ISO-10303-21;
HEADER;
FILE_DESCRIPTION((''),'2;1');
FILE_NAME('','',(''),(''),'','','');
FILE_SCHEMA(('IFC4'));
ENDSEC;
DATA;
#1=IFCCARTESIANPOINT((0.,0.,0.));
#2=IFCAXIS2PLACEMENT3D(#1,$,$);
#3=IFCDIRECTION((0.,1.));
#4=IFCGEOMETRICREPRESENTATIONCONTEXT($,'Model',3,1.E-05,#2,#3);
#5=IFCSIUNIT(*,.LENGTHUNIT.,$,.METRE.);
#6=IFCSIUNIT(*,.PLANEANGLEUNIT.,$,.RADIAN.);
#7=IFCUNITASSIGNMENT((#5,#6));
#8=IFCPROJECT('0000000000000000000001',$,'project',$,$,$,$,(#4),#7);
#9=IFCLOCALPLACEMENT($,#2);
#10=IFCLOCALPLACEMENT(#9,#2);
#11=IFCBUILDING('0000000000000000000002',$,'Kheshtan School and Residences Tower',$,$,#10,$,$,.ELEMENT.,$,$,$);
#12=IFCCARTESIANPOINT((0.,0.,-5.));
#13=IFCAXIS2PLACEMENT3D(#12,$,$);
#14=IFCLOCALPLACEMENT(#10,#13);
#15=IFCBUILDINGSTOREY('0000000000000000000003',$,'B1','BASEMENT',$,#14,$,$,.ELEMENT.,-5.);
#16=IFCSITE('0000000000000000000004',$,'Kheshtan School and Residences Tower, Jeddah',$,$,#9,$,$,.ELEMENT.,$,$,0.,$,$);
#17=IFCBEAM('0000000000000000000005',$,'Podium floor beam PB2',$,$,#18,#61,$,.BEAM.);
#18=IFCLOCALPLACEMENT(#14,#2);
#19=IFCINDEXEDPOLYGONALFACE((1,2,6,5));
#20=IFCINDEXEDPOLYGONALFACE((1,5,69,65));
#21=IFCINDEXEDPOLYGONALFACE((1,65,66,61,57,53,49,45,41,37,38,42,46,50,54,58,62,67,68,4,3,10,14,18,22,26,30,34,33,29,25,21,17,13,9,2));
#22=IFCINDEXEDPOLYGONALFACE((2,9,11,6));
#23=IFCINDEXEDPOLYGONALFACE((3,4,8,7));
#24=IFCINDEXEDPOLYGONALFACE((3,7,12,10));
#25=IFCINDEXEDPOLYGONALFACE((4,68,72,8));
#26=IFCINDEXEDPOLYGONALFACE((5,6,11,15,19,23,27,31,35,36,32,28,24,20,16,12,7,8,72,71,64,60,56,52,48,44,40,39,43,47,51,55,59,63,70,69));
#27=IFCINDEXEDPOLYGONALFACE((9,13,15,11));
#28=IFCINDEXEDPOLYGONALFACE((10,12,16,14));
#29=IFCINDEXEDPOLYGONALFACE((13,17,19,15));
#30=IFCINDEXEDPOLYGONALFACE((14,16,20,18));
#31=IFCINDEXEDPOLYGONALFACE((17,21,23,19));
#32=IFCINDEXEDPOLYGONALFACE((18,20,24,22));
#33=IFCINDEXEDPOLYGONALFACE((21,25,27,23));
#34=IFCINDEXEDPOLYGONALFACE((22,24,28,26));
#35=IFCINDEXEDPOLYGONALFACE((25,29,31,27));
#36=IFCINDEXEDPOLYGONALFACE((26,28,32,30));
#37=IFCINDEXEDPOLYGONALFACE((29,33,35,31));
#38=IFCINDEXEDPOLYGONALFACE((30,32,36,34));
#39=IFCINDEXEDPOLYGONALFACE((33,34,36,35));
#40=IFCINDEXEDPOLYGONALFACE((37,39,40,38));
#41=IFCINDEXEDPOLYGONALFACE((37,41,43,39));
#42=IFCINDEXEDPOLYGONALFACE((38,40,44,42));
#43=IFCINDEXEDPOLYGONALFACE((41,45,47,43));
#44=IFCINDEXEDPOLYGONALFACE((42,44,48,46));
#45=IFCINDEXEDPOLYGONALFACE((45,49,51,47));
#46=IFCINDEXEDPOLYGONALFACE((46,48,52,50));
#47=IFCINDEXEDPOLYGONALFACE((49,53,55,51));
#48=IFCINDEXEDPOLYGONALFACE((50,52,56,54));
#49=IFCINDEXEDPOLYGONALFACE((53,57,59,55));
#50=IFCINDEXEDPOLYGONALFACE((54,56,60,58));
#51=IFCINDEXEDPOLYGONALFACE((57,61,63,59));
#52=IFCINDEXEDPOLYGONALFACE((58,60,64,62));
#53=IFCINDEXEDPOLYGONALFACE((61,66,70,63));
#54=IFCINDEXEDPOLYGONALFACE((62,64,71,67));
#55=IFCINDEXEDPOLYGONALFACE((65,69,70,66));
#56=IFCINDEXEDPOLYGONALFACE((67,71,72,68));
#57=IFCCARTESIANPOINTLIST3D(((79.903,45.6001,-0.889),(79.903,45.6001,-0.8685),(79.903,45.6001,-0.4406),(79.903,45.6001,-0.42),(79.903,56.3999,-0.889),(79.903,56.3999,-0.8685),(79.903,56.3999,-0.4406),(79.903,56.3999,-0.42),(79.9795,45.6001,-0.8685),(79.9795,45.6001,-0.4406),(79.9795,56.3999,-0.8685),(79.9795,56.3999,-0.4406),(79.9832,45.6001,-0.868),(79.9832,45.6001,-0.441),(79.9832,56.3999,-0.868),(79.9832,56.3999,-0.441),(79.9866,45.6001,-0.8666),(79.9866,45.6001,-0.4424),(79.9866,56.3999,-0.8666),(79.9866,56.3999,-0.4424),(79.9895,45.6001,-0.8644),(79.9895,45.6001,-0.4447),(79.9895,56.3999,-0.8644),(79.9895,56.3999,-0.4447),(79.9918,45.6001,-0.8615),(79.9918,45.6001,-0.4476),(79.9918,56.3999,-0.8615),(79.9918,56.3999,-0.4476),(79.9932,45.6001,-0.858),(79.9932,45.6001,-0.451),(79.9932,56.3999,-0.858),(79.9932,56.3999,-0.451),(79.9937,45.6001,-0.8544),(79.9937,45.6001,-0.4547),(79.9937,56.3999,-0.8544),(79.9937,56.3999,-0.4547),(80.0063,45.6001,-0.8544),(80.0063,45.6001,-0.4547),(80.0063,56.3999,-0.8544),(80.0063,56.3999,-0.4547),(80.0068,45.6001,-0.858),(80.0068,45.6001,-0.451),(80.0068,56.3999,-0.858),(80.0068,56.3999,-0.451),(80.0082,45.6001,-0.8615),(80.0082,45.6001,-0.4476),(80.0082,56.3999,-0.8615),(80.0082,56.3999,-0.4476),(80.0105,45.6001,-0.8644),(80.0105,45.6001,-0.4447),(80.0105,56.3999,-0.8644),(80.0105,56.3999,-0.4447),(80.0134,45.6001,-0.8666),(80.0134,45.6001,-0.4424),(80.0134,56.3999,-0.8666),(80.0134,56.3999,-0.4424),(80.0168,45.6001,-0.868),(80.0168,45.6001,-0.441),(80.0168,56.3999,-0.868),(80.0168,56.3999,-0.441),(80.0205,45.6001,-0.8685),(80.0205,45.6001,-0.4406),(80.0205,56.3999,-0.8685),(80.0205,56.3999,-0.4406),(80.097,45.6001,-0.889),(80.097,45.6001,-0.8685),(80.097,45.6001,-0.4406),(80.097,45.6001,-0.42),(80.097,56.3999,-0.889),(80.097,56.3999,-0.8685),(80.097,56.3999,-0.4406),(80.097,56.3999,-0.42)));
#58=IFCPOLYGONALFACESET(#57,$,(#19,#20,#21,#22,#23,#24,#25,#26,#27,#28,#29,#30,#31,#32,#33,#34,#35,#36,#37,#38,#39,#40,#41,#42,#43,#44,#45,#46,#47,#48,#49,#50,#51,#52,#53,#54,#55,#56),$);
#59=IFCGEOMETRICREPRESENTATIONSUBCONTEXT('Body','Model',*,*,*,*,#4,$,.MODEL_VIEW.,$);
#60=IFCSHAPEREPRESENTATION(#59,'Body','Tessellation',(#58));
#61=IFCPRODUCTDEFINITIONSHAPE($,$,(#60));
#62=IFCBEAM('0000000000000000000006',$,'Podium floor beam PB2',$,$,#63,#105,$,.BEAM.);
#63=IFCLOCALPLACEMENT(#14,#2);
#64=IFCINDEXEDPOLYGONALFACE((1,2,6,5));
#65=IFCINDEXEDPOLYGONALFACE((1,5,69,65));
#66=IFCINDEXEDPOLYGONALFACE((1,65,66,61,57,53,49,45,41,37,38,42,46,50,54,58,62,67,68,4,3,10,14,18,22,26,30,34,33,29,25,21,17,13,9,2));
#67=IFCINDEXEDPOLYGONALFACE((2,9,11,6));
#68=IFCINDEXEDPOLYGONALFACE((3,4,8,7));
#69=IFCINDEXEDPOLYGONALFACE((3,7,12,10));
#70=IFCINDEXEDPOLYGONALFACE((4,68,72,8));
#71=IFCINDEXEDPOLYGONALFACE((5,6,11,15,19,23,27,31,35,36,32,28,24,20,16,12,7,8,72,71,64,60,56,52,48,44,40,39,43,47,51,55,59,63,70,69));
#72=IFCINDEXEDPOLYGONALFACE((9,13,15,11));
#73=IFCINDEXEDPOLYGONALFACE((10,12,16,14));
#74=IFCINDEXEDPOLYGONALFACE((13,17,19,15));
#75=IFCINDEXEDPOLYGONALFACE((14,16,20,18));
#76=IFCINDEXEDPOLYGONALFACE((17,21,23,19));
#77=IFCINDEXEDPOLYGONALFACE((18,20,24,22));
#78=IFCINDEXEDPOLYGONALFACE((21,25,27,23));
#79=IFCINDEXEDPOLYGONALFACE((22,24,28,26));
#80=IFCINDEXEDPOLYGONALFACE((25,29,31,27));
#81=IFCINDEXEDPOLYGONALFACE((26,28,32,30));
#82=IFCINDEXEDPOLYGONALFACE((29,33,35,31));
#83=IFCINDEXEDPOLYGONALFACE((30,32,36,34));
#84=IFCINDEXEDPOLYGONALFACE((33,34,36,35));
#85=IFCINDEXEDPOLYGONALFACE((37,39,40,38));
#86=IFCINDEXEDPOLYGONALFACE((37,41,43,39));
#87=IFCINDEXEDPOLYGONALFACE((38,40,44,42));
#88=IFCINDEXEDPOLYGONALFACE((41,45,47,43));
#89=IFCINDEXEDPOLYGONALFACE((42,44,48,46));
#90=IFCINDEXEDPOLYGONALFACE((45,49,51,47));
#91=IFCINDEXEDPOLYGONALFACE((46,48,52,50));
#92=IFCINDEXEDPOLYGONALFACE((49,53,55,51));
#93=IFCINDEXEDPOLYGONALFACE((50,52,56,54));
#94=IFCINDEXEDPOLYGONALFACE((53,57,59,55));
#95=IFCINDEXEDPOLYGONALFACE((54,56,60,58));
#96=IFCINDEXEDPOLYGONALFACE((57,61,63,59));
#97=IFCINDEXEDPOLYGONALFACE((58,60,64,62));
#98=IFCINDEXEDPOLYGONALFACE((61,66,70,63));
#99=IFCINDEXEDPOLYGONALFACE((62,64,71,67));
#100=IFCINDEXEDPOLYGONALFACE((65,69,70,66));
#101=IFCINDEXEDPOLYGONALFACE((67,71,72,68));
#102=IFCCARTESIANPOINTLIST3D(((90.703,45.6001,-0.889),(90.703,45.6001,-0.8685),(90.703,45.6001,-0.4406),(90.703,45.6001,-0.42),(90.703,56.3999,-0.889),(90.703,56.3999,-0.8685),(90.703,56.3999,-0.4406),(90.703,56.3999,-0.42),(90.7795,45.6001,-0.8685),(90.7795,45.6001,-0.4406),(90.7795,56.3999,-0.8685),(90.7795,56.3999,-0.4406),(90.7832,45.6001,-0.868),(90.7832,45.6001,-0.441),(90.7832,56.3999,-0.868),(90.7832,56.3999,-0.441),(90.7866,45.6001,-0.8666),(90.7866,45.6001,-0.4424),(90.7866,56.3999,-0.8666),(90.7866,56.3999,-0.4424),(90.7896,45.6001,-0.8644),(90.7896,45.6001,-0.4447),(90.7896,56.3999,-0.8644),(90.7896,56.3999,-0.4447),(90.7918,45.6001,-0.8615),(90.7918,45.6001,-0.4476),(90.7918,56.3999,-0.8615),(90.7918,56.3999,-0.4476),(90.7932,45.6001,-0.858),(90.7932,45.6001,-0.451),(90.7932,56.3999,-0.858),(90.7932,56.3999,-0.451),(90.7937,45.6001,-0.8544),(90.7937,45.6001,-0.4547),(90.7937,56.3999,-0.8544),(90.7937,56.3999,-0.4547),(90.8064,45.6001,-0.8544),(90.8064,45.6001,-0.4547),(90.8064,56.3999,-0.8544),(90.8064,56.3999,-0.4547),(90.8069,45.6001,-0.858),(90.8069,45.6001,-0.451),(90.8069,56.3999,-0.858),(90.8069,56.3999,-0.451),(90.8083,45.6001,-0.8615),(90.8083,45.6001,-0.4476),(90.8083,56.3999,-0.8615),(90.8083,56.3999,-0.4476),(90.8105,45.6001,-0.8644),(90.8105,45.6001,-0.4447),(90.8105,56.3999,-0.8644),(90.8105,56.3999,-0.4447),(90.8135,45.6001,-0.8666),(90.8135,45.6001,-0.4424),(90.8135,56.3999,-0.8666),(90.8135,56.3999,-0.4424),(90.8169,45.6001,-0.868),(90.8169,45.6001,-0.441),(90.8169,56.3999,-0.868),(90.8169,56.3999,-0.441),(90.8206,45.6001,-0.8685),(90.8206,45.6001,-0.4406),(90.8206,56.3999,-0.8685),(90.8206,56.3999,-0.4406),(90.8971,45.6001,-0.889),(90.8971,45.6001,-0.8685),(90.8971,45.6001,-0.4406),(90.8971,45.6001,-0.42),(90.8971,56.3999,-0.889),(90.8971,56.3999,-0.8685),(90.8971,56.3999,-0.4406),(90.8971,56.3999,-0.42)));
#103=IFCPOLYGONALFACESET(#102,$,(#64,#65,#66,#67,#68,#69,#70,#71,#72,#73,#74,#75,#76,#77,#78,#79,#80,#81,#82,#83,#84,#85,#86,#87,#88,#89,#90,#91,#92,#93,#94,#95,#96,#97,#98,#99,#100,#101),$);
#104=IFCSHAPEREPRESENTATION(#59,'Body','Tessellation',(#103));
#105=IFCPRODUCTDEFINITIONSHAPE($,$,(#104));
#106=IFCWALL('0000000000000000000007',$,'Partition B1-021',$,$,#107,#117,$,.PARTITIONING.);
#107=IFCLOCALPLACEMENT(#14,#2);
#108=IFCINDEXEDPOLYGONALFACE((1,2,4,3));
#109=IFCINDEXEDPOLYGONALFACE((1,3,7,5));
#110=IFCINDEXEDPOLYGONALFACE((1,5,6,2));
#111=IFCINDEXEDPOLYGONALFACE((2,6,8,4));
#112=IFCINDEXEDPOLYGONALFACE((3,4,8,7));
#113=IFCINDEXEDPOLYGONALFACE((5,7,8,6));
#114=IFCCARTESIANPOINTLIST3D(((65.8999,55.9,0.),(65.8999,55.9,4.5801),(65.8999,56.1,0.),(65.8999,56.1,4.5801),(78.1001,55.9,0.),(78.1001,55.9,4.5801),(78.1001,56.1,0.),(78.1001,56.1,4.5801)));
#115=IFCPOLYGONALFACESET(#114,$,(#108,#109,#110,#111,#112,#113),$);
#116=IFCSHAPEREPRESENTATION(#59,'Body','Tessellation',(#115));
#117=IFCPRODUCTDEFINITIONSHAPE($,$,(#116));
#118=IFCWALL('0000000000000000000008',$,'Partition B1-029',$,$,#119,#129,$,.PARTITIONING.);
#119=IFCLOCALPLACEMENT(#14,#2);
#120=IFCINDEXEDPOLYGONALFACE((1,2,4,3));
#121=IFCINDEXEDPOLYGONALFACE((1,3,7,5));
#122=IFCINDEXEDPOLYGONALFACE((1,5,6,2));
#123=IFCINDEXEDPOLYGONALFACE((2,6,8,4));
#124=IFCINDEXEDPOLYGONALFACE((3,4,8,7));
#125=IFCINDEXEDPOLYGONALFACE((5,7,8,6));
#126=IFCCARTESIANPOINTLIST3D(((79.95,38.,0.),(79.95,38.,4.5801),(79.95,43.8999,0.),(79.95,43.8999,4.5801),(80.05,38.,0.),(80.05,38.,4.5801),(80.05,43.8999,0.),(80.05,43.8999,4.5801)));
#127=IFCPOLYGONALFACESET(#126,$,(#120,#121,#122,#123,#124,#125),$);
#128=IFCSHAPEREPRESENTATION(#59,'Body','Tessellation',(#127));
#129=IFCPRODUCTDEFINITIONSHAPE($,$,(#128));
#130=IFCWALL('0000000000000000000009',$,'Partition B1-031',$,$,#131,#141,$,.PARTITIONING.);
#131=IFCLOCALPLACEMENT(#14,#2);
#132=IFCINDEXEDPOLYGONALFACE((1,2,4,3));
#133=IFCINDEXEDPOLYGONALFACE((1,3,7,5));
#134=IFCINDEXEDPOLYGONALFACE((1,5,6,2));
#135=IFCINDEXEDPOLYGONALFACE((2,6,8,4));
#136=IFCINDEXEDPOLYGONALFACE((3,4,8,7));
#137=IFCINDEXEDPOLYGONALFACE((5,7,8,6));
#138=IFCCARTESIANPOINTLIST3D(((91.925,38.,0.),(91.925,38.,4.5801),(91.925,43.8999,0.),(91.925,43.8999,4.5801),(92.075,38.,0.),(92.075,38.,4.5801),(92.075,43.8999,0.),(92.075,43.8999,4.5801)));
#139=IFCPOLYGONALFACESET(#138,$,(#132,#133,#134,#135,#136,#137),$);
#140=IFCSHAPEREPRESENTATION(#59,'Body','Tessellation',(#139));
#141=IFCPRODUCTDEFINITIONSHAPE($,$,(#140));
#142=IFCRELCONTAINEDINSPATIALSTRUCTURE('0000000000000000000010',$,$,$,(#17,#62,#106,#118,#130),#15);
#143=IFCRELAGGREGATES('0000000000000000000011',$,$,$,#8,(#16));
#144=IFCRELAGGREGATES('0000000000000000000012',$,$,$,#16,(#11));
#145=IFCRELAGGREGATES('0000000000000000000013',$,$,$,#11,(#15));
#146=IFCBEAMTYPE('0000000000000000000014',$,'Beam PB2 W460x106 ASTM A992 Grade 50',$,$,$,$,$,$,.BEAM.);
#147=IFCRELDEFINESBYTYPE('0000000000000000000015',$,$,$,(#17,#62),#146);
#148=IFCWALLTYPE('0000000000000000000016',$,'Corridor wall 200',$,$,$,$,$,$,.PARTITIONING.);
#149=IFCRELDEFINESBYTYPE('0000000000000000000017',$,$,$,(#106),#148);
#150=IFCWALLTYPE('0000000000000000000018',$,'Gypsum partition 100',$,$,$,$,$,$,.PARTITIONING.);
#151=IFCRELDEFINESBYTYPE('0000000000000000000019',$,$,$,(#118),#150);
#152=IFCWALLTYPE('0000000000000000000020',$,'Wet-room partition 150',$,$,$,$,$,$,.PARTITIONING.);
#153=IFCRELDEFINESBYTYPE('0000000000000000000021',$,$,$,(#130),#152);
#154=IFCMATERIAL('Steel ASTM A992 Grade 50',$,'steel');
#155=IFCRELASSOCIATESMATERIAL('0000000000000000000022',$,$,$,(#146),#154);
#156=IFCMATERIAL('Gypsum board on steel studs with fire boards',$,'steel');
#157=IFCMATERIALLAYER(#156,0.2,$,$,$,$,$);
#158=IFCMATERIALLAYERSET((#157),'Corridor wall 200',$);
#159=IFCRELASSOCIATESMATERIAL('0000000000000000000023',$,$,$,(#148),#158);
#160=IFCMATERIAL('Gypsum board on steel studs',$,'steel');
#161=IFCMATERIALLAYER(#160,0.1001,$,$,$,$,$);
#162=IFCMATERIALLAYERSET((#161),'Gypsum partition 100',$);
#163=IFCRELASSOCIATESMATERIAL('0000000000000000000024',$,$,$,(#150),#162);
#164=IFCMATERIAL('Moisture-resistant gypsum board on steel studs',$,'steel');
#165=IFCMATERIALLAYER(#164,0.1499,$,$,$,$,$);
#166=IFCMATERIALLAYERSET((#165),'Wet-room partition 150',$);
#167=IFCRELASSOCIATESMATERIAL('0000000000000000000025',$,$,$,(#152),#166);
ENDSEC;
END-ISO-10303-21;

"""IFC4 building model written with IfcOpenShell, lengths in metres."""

from ifc_helpers import new_model, si_unit, direction, frame, frame_2d, origin, origin_2d, place, context, subcontext, project, spatial, rectangle, i_section, extrude, material, layer, layer_set, material_profile, profile_set, type_object, element, save


model = new_model("IFC4")

# Units and contexts
model_context = context("Model", 3, precision=1e-05, world=origin(), true_north=direction((0.0, 1.0)))
body_context = subcontext(model_context, "Body", "Model", "MODEL_VIEW")
ifc_project = project(units=[si_unit("LENGTHUNIT", "METRE"), si_unit("PLANEANGLEUNIT", "RADIAN")], contexts=[model_context])

# Site, building, storey
site_placement = place(None, origin())
site = spatial("IfcSite", under=ifc_project, at=site_placement, Name="Kheshtan School and Residences Tower, Jeddah", CompositionType="ELEMENT", RefElevation=0.0)
building_placement = place(site_placement, origin())
building = spatial("IfcBuilding", under=site, at=building_placement, Name="Kheshtan School and Residences Tower", CompositionType="ELEMENT")
storey_placement = place(building_placement, frame((0.0, 0.0, -5.0)))
storey = spatial("IfcBuildingStorey", under=building, at=storey_placement, Name="B1", Description="BASEMENT", CompositionType="ELEMENT", Elevation=-5.0)

# Shared definitions
ifc_material_1 = material(Name="Steel ASTM A992 Grade 50", Category="steel")

# Beams
ifc_material_profile_1 = material_profile(ifc_material_1, i_section(OverallWidth=0.1941, OverallDepth=0.469, WebThickness=0.0127, FlangeThickness=0.0205, FilletRadius=0.0142, at=origin_2d()), Name="W460x106")
ifc_profile_set_1 = profile_set([ifc_material_profile_1], Name="Steel ASTM A992 Grade 50")
beam_type = type_object("IfcBeamType", Name="Beam PB2 W460x106 ASTM A992 Grade 50", PredefinedType="BEAM", material=ifc_profile_set_1)
for number, where, z_axis, x_axis, name in (
    (1, (80.0, 45.6001, -0.6545), (0.0, 1.0, 0.0), (-1.0, 0.0, 0.0), "Podium floor beam PB2"),
    (2, (90.8, 45.6001, -0.6545), (0.0, 1.0, 0.0), (-1.0, 0.0, 0.0), "Podium floor beam PB2"),
):
    element("IfcBeam", number, at=place(storey_placement, frame(where, z_axis=z_axis, x_axis=x_axis)), inside=storey, type_object=beam_type, Name=name, PredefinedType="BEAM", context=body_context, shape_type="SweptSolid", body=[
        extrude(i_section(OverallWidth=0.1941, OverallDepth=0.469, WebThickness=0.0127, FlangeThickness=0.0205, FilletRadius=0.0142, at=origin_2d()), origin(), (0.0, 0.0, 1.0), 10.7998),
    ])

# Walls
ifc_material_2 = material(Name="Gypsum board on steel studs with fire boards", Category="steel")
ifc_layer_1 = layer(ifc_material_2, 0.2)
ifc_layer_set_1 = layer_set([ifc_layer_1], Name="Corridor wall 200")
wall_type_1 = type_object("IfcWallType", Name="Corridor wall 200", PredefinedType="PARTITIONING", material=ifc_layer_set_1)
wall_1_placement = place(storey_placement, frame((65.8999, 56.0, 0.0), z_axis=(0.0, 0.0, 1.0), x_axis=(1.0, 0.0, 0.0)))
element("IfcWall", 3, at=wall_1_placement, inside=storey, type_object=wall_type_1, Name="Partition B1-021", PredefinedType="PARTITIONING", context=body_context, shape_type="SweptSolid", body=[
    extrude(rectangle(XDim=12.2002, YDim=0.2, at=frame_2d((6.1001, 0.0))), origin(), (0.0, 0.0, 1.0), 4.5801),
])
ifc_material_3 = material(Name="Gypsum board on steel studs", Category="steel")
ifc_layer_2 = layer(ifc_material_3, 0.1001)
ifc_layer_set_2 = layer_set([ifc_layer_2], Name="Gypsum partition 100")
wall_type_2 = type_object("IfcWallType", Name="Gypsum partition 100", PredefinedType="PARTITIONING", material=ifc_layer_set_2)
wall_2_placement = place(storey_placement, frame((80.0, 38.0, 0.0), z_axis=(0.0, 0.0, 1.0), x_axis=(0.0, 1.0, 0.0)))
element("IfcWall", 4, at=wall_2_placement, inside=storey, type_object=wall_type_2, Name="Partition B1-029", PredefinedType="PARTITIONING", context=body_context, shape_type="SweptSolid", body=[
    extrude(rectangle(XDim=5.8999, YDim=0.1001, at=frame_2d((2.95, 0.0))), origin(), (0.0, 0.0, 1.0), 4.5801),
])
ifc_material_4 = material(Name="Moisture-resistant gypsum board on steel studs", Category="steel")
ifc_layer_3 = layer(ifc_material_4, 0.1499)
ifc_layer_set_3 = layer_set([ifc_layer_3], Name="Wet-room partition 150")
wall_type_3 = type_object("IfcWallType", Name="Wet-room partition 150", PredefinedType="PARTITIONING", material=ifc_layer_set_3)
wall_3_placement = place(storey_placement, frame((92.0, 38.0, 0.0), z_axis=(0.0, 0.0, 1.0), x_axis=(0.0, 1.0, 0.0)))
element("IfcWall", 5, at=wall_3_placement, inside=storey, type_object=wall_type_3, Name="Partition B1-031", PredefinedType="PARTITIONING", context=body_context, shape_type="SweptSolid", body=[
    extrude(rectangle(XDim=5.8999, YDim=0.1499, at=frame_2d((2.95, 0.0))), origin(), (0.0, 0.0, 1.0), 4.5801),
])

save(model, "model.ifc")
